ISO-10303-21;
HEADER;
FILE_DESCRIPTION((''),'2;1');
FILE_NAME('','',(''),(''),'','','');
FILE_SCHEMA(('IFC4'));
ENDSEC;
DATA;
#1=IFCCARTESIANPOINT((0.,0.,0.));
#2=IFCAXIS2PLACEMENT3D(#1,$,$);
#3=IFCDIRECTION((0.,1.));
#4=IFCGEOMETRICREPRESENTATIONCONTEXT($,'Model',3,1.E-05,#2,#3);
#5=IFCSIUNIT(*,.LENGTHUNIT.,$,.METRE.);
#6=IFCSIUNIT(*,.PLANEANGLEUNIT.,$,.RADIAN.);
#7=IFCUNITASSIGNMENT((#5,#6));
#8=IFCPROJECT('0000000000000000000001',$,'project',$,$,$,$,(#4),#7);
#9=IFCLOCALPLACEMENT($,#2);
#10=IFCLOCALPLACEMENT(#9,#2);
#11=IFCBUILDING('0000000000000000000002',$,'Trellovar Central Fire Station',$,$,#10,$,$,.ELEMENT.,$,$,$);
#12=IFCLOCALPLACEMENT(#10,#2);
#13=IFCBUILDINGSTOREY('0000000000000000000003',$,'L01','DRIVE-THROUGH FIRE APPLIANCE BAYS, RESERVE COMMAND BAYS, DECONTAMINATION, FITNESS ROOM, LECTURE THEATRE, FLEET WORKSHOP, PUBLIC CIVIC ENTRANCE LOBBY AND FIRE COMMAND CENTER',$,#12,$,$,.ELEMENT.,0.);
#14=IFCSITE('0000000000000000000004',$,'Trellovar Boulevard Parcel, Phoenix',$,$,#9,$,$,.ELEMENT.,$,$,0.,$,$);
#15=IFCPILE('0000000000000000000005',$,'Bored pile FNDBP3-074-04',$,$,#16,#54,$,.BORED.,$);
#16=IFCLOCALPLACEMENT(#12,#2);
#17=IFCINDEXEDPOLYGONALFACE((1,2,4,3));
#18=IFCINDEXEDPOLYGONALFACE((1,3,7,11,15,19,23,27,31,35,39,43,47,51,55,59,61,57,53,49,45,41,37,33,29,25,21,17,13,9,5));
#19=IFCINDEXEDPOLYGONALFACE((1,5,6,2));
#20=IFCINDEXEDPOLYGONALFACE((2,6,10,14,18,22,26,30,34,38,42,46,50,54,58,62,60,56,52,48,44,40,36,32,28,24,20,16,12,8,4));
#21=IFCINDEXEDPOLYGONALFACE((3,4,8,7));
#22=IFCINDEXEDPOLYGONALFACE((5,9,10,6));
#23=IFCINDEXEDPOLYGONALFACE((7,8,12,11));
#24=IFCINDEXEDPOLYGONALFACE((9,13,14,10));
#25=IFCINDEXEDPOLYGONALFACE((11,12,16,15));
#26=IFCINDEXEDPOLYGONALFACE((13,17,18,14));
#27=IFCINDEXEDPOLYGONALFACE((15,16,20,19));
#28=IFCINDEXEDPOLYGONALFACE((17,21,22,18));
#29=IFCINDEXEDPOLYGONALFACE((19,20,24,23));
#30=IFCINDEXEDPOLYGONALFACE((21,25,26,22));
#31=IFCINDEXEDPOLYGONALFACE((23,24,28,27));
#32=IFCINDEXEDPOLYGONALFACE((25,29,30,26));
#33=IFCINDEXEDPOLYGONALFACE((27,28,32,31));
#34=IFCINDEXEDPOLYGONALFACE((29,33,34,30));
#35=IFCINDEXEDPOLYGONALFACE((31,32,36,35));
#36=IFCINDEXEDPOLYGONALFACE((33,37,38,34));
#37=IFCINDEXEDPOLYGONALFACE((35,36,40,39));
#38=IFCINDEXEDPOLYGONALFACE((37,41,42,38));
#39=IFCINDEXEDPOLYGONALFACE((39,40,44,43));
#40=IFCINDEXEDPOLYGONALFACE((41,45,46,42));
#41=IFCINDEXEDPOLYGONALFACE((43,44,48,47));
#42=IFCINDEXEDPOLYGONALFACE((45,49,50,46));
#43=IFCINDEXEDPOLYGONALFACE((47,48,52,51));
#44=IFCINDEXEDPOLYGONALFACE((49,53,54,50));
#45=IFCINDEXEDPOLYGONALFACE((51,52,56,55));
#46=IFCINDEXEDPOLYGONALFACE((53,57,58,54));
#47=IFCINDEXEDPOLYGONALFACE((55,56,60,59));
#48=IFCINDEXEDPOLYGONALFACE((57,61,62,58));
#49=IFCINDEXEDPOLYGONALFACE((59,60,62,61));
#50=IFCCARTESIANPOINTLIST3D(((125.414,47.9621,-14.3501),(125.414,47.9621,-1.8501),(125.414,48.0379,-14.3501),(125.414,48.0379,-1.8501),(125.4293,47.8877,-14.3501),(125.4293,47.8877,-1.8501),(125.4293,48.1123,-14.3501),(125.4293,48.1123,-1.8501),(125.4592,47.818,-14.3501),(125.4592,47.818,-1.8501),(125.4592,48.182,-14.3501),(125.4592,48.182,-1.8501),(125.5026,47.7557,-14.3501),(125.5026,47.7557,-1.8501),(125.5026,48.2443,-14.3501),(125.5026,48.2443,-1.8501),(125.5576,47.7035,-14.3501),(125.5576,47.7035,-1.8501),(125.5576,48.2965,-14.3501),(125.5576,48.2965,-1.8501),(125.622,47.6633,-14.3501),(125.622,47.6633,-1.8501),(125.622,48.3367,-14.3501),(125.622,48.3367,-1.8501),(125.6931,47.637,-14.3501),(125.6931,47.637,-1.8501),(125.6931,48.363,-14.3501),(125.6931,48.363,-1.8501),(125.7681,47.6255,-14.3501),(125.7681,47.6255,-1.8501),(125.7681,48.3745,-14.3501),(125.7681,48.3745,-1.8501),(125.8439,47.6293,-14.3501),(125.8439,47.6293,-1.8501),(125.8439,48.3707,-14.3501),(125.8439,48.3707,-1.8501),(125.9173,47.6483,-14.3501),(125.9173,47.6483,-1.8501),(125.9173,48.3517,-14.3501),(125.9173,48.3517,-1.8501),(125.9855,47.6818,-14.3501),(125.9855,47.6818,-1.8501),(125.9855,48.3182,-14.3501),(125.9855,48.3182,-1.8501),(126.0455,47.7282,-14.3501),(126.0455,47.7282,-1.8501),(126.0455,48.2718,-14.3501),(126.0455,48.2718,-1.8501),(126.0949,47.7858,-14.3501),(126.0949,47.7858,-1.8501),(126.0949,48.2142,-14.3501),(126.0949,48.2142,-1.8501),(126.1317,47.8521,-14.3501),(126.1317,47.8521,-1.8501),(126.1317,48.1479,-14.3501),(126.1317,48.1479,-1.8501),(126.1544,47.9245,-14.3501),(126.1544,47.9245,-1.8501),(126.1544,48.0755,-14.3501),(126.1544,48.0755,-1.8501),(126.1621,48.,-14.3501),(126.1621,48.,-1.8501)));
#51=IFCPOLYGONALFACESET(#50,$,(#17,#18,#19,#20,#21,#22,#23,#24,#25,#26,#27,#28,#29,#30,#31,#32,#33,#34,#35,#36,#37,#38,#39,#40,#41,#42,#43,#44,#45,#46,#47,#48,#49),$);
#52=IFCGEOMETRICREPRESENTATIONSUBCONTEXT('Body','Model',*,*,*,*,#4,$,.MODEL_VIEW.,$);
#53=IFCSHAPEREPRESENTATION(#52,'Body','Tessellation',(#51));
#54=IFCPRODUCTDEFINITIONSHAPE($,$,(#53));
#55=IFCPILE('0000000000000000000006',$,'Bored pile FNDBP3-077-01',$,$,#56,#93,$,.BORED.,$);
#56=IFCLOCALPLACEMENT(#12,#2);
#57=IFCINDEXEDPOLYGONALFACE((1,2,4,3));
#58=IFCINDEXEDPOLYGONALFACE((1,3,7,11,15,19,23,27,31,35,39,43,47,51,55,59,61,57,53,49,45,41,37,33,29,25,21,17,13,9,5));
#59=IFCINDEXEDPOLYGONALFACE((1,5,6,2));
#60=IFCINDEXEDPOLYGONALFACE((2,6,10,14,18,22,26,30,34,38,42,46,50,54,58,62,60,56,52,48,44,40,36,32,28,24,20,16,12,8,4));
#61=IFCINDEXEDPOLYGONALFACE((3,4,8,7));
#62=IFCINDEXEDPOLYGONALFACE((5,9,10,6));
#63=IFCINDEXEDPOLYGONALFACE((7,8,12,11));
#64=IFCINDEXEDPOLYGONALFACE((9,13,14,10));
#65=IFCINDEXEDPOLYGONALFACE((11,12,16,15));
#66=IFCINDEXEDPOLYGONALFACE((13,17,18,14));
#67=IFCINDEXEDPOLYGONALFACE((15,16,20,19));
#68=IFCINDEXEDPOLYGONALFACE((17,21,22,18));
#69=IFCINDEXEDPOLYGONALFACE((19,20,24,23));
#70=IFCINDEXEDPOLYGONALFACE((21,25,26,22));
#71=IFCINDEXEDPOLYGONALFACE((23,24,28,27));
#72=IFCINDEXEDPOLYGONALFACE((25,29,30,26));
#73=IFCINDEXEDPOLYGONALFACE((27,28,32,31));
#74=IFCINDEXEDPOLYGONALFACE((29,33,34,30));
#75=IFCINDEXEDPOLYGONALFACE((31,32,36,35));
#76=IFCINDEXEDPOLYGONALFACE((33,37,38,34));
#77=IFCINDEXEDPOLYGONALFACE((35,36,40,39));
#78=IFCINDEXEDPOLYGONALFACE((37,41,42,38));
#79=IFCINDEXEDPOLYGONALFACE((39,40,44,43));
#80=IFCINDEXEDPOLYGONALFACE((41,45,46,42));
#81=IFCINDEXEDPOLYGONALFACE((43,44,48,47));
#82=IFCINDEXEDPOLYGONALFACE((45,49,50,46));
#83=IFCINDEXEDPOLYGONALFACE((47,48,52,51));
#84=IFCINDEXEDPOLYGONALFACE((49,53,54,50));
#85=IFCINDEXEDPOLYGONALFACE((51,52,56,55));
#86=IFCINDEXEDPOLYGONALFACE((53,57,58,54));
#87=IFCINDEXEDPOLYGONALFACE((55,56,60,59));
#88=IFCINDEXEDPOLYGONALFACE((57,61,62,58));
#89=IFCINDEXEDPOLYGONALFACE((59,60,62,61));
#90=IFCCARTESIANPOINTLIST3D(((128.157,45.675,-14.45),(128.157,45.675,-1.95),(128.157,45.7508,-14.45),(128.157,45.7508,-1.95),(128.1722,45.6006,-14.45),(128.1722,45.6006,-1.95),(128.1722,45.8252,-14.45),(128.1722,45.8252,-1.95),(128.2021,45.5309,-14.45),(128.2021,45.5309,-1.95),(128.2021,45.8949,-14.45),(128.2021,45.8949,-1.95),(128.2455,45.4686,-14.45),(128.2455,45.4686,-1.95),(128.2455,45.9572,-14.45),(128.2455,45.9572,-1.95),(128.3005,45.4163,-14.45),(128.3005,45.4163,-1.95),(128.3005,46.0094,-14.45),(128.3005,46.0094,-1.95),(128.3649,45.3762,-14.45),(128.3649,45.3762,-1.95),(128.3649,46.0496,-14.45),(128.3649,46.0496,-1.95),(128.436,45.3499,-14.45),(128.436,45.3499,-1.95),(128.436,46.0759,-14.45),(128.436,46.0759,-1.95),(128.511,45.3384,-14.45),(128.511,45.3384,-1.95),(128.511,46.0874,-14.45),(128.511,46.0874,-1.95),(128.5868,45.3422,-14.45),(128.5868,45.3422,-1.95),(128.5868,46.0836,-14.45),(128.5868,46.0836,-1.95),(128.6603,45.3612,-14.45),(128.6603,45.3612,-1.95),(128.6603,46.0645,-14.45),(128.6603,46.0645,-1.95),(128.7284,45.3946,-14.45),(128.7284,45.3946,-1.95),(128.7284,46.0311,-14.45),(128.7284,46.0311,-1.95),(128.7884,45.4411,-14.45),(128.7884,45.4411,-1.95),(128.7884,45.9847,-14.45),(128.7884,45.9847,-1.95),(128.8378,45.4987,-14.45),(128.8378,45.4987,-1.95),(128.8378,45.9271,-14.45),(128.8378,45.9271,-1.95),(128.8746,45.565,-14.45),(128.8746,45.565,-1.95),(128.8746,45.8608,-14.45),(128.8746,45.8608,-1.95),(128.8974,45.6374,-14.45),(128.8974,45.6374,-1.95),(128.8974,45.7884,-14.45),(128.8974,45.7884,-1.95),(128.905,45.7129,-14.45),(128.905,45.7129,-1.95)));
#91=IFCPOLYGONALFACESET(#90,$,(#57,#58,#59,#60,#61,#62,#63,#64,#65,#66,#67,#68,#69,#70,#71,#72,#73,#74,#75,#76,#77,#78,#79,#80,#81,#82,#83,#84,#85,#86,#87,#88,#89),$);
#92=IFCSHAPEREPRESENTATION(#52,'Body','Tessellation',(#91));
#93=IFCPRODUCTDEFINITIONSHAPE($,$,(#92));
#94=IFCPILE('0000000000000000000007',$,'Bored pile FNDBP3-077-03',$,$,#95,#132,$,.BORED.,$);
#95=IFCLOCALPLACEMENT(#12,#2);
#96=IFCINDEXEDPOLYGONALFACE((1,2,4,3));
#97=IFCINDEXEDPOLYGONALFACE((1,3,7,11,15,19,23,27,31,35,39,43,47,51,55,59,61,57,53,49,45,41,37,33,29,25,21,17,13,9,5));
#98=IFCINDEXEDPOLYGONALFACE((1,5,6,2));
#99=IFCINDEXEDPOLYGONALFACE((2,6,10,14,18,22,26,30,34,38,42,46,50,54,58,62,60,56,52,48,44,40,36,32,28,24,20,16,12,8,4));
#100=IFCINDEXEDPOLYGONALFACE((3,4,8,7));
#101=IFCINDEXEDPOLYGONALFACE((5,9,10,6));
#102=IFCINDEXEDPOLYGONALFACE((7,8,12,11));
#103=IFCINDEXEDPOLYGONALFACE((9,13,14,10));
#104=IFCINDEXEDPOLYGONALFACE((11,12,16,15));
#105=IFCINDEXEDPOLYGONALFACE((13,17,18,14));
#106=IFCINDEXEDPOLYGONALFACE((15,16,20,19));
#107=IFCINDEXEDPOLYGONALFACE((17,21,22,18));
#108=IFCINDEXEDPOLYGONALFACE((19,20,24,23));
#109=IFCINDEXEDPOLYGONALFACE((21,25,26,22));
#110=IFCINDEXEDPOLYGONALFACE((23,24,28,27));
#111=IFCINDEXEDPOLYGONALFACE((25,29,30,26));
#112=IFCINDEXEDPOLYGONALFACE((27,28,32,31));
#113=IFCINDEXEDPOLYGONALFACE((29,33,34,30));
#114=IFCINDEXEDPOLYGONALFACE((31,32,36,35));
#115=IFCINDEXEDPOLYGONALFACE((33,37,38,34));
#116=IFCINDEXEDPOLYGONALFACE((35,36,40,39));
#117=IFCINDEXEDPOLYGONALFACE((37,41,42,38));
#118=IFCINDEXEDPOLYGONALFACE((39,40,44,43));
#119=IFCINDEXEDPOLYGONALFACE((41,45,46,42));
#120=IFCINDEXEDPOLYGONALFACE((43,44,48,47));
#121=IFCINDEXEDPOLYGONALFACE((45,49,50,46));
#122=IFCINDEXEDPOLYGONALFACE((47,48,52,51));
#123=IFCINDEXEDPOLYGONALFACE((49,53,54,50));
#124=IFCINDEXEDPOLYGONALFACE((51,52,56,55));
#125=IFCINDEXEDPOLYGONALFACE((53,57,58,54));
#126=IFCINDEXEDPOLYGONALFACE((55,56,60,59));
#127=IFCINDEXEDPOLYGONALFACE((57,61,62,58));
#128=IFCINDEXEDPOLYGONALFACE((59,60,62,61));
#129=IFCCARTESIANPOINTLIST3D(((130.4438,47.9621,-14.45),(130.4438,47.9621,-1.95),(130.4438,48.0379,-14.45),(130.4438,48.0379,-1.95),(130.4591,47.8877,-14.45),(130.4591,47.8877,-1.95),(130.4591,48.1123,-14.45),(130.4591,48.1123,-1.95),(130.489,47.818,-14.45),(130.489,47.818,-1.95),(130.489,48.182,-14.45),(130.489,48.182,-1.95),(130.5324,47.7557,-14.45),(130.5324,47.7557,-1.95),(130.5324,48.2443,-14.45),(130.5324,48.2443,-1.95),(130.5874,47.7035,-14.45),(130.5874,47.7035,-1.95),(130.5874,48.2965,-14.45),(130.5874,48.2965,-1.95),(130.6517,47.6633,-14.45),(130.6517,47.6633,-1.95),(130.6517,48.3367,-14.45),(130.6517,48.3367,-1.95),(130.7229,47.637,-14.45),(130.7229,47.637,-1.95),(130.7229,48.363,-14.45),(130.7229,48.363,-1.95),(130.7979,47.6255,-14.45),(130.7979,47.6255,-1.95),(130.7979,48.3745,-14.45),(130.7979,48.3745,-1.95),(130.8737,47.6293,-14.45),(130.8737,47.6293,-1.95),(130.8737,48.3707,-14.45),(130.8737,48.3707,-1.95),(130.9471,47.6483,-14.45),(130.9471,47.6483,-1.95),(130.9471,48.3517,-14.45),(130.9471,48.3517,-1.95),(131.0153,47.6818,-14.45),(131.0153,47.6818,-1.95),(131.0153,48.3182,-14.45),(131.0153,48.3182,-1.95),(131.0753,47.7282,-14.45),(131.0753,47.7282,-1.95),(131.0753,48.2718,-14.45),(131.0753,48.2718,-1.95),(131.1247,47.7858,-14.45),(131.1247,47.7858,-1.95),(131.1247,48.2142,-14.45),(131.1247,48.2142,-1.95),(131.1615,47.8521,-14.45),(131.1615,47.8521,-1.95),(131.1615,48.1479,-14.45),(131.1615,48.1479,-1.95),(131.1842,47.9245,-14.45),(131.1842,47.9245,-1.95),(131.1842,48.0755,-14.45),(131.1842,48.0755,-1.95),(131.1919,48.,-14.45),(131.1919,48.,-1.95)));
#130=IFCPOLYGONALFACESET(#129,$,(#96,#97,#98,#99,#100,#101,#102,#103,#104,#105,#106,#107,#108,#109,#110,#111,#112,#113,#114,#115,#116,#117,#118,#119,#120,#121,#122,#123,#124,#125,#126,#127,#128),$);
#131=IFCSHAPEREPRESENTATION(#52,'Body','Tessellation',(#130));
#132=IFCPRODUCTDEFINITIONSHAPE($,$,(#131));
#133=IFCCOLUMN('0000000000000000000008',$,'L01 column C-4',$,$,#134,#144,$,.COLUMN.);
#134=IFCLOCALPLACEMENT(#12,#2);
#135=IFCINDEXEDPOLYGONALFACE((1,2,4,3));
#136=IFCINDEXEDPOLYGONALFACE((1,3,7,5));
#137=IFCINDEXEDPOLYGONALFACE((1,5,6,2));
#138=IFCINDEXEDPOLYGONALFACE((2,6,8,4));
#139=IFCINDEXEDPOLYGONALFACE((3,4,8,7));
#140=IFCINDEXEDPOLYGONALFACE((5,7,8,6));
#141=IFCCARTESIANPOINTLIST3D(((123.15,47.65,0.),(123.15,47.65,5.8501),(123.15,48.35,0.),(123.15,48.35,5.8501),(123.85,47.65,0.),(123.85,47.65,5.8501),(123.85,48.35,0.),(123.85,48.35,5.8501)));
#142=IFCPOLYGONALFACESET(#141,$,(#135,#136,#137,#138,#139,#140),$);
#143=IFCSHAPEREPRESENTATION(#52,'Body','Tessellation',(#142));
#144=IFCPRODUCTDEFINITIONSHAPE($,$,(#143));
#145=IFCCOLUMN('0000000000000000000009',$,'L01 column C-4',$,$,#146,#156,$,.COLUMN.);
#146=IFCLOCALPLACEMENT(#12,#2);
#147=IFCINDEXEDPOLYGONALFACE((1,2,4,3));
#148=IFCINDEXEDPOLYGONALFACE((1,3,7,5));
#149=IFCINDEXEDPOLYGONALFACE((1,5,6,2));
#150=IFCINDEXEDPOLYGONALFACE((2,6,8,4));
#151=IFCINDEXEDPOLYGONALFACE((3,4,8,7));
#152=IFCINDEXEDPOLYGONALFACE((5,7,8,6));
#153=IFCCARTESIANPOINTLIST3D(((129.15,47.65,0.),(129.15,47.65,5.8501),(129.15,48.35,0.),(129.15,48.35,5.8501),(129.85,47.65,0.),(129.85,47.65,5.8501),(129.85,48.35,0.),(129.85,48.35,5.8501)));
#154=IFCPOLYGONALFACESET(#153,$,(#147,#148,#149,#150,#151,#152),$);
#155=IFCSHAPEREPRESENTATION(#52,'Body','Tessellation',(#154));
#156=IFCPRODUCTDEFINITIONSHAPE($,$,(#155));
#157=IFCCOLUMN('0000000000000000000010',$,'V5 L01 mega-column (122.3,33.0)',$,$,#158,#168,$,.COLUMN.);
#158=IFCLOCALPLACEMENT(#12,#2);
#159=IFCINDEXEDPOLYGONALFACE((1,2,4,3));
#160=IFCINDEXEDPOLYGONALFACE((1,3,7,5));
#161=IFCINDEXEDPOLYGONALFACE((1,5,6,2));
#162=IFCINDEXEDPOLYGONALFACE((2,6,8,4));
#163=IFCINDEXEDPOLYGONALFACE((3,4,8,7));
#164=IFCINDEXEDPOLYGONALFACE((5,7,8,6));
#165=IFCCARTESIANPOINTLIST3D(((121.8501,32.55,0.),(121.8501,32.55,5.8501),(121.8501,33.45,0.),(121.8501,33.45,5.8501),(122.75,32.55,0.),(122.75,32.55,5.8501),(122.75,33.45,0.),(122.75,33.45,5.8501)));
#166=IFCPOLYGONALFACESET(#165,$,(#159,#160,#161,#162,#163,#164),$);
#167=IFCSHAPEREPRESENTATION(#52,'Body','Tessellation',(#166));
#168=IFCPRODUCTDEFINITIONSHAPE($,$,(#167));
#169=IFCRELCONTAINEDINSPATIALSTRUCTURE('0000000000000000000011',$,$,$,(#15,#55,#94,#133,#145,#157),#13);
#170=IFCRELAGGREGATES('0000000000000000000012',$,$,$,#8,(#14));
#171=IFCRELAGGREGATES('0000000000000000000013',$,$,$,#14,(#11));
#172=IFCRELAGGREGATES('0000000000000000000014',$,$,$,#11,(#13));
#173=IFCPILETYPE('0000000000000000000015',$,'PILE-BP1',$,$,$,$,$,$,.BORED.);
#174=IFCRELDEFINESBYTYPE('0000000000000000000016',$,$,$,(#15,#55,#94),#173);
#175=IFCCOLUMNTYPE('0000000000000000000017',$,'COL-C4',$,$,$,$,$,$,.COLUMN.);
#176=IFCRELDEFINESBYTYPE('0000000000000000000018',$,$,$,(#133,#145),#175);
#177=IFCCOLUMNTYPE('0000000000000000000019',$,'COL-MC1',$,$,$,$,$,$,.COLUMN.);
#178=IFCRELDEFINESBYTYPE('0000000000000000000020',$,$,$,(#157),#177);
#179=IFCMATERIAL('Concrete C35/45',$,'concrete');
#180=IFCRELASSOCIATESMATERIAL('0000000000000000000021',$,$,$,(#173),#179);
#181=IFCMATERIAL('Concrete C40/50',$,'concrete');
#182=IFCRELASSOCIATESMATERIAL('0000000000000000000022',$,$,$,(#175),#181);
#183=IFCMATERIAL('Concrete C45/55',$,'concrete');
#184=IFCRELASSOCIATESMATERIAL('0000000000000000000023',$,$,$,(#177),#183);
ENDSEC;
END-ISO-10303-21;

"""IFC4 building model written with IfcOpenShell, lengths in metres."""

from ifc_helpers import new_model, si_unit, direction, frame, origin, origin_2d, place, context, subcontext, project, spatial, rectangle, circle, extrude, material, material_profile, profile_set, type_object, element, save


model = new_model("IFC4")

# Units and contexts
model_context = context("Model", 3, precision=1e-05, world=origin(), true_north=direction((0.0, 1.0)))
body_context = subcontext(model_context, "Body", "Model", "MODEL_VIEW")
ifc_project = project(units=[si_unit("LENGTHUNIT", "METRE"), si_unit("PLANEANGLEUNIT", "RADIAN")], contexts=[model_context])

# Site, building, storey
site_placement = place(None, origin())
site = spatial("IfcSite", under=ifc_project, at=site_placement, Name="Trellovar Boulevard Parcel, Phoenix", CompositionType="ELEMENT", RefElevation=0.0)
building_placement = place(site_placement, origin())
building = spatial("IfcBuilding", under=site, at=building_placement, Name="Trellovar Central Fire Station", CompositionType="ELEMENT")
storey_placement = place(building_placement, origin())
storey = spatial("IfcBuildingStorey", under=building, at=storey_placement, Name="L01", Description="DRIVE-THROUGH FIRE APPLIANCE BAYS, RESERVE COMMAND BAYS, DECONTAMINATION, FITNESS ROOM, LECTURE THEATRE, FLEET WORKSHOP, PUBLIC CIVIC ENTRANCE LOBBY AND FIRE COMMAND CENTER", CompositionType="ELEMENT", Elevation=0.0)

# Piles
ifc_material_1 = material(Name="Concrete C35/45", Category="concrete")
ifc_material_profile_1 = material_profile(ifc_material_1, circle(Radius=0.375, at=origin_2d()), Name="PILE750")
ifc_profile_set_1 = profile_set([ifc_material_profile_1], Name="Concrete C35/45")
pile_type = type_object("IfcPileType", Name="PILE-BP1", PredefinedType="BORED", material=ifc_profile_set_1)
for number, where, z_axis, x_axis, name in (
    (1, (125.7871, 48.0, -1.8501), (0.0, 0.0, -1.0), (1.0, 0.0, 0.0), "Bored pile FNDBP3-074-04"),
    (2, (128.53, 45.7129, -1.95), (0.0, 0.0, -1.0), (1.0, 0.0, 0.0), "Bored pile FNDBP3-077-01"),
    (3, (130.8169, 48.0, -1.95), (0.0, 0.0, -1.0), (1.0, 0.0, 0.0), "Bored pile FNDBP3-077-03"),
):
    element("IfcPile", number, at=place(storey_placement, frame(where, z_axis=z_axis, x_axis=x_axis)), inside=storey, type_object=pile_type, Name=name, PredefinedType="BORED", context=body_context, shape_type="SweptSolid", body=[
        extrude(circle(Radius=0.375, at=origin_2d()), origin(), (0.0, 0.0, 1.0), 12.5),
    ])

# Columns
ifc_material_2 = material(Name="Concrete C40/50", Category="concrete")
ifc_material_profile_2 = material_profile(ifc_material_2, rectangle(XDim=0.7, YDim=0.7, at=origin_2d()), Name="RC700X700")
ifc_profile_set_2 = profile_set([ifc_material_profile_2], Name="Concrete C40/50")
column_type_1 = type_object("IfcColumnType", Name="COL-C4", PredefinedType="COLUMN", material=ifc_profile_set_2)
for number, where, z_axis, x_axis, name in (
    (4, (123.5, 48.0, 0.0), (0.0, 0.0, 1.0), (1.0, 0.0, 0.0), "L01 column C-4"),
    (5, (129.5, 48.0, 0.0), (0.0, 0.0, 1.0), (1.0, 0.0, 0.0), "L01 column C-4"),
):
    element("IfcColumn", number, at=place(storey_placement, frame(where, z_axis=z_axis, x_axis=x_axis)), inside=storey, type_object=column_type_1, Name=name, PredefinedType="COLUMN", context=body_context, shape_type="SweptSolid", body=[
        extrude(rectangle(XDim=0.7, YDim=0.7, at=origin_2d()), origin(), (0.0, 0.0, 1.0), 5.8501),
    ])
ifc_material_3 = material(Name="Concrete C45/55", Category="concrete")
ifc_material_profile_3 = material_profile(ifc_material_3, rectangle(XDim=0.8999, YDim=0.8999, at=origin_2d()), Name="RC900X900")
ifc_profile_set_3 = profile_set([ifc_material_profile_3], Name="Concrete C45/55")
column_type_2 = type_object("IfcColumnType", Name="COL-MC1", PredefinedType="COLUMN", material=ifc_profile_set_3)
column_placement = place(storey_placement, frame((122.3, 33.0, 0.0), z_axis=(0.0, 0.0, 1.0), x_axis=(1.0, 0.0, 0.0)))
element("IfcColumn", 6, at=column_placement, inside=storey, type_object=column_type_2, Name="V5 L01 mega-column (122.3,33.0)", PredefinedType="COLUMN", context=body_context, shape_type="SweptSolid", body=[
    extrude(rectangle(XDim=0.8999, YDim=0.8999, at=origin_2d()), origin(), (0.0, 0.0, 1.0), 5.8501),
])

save(model, "model.ifc")
